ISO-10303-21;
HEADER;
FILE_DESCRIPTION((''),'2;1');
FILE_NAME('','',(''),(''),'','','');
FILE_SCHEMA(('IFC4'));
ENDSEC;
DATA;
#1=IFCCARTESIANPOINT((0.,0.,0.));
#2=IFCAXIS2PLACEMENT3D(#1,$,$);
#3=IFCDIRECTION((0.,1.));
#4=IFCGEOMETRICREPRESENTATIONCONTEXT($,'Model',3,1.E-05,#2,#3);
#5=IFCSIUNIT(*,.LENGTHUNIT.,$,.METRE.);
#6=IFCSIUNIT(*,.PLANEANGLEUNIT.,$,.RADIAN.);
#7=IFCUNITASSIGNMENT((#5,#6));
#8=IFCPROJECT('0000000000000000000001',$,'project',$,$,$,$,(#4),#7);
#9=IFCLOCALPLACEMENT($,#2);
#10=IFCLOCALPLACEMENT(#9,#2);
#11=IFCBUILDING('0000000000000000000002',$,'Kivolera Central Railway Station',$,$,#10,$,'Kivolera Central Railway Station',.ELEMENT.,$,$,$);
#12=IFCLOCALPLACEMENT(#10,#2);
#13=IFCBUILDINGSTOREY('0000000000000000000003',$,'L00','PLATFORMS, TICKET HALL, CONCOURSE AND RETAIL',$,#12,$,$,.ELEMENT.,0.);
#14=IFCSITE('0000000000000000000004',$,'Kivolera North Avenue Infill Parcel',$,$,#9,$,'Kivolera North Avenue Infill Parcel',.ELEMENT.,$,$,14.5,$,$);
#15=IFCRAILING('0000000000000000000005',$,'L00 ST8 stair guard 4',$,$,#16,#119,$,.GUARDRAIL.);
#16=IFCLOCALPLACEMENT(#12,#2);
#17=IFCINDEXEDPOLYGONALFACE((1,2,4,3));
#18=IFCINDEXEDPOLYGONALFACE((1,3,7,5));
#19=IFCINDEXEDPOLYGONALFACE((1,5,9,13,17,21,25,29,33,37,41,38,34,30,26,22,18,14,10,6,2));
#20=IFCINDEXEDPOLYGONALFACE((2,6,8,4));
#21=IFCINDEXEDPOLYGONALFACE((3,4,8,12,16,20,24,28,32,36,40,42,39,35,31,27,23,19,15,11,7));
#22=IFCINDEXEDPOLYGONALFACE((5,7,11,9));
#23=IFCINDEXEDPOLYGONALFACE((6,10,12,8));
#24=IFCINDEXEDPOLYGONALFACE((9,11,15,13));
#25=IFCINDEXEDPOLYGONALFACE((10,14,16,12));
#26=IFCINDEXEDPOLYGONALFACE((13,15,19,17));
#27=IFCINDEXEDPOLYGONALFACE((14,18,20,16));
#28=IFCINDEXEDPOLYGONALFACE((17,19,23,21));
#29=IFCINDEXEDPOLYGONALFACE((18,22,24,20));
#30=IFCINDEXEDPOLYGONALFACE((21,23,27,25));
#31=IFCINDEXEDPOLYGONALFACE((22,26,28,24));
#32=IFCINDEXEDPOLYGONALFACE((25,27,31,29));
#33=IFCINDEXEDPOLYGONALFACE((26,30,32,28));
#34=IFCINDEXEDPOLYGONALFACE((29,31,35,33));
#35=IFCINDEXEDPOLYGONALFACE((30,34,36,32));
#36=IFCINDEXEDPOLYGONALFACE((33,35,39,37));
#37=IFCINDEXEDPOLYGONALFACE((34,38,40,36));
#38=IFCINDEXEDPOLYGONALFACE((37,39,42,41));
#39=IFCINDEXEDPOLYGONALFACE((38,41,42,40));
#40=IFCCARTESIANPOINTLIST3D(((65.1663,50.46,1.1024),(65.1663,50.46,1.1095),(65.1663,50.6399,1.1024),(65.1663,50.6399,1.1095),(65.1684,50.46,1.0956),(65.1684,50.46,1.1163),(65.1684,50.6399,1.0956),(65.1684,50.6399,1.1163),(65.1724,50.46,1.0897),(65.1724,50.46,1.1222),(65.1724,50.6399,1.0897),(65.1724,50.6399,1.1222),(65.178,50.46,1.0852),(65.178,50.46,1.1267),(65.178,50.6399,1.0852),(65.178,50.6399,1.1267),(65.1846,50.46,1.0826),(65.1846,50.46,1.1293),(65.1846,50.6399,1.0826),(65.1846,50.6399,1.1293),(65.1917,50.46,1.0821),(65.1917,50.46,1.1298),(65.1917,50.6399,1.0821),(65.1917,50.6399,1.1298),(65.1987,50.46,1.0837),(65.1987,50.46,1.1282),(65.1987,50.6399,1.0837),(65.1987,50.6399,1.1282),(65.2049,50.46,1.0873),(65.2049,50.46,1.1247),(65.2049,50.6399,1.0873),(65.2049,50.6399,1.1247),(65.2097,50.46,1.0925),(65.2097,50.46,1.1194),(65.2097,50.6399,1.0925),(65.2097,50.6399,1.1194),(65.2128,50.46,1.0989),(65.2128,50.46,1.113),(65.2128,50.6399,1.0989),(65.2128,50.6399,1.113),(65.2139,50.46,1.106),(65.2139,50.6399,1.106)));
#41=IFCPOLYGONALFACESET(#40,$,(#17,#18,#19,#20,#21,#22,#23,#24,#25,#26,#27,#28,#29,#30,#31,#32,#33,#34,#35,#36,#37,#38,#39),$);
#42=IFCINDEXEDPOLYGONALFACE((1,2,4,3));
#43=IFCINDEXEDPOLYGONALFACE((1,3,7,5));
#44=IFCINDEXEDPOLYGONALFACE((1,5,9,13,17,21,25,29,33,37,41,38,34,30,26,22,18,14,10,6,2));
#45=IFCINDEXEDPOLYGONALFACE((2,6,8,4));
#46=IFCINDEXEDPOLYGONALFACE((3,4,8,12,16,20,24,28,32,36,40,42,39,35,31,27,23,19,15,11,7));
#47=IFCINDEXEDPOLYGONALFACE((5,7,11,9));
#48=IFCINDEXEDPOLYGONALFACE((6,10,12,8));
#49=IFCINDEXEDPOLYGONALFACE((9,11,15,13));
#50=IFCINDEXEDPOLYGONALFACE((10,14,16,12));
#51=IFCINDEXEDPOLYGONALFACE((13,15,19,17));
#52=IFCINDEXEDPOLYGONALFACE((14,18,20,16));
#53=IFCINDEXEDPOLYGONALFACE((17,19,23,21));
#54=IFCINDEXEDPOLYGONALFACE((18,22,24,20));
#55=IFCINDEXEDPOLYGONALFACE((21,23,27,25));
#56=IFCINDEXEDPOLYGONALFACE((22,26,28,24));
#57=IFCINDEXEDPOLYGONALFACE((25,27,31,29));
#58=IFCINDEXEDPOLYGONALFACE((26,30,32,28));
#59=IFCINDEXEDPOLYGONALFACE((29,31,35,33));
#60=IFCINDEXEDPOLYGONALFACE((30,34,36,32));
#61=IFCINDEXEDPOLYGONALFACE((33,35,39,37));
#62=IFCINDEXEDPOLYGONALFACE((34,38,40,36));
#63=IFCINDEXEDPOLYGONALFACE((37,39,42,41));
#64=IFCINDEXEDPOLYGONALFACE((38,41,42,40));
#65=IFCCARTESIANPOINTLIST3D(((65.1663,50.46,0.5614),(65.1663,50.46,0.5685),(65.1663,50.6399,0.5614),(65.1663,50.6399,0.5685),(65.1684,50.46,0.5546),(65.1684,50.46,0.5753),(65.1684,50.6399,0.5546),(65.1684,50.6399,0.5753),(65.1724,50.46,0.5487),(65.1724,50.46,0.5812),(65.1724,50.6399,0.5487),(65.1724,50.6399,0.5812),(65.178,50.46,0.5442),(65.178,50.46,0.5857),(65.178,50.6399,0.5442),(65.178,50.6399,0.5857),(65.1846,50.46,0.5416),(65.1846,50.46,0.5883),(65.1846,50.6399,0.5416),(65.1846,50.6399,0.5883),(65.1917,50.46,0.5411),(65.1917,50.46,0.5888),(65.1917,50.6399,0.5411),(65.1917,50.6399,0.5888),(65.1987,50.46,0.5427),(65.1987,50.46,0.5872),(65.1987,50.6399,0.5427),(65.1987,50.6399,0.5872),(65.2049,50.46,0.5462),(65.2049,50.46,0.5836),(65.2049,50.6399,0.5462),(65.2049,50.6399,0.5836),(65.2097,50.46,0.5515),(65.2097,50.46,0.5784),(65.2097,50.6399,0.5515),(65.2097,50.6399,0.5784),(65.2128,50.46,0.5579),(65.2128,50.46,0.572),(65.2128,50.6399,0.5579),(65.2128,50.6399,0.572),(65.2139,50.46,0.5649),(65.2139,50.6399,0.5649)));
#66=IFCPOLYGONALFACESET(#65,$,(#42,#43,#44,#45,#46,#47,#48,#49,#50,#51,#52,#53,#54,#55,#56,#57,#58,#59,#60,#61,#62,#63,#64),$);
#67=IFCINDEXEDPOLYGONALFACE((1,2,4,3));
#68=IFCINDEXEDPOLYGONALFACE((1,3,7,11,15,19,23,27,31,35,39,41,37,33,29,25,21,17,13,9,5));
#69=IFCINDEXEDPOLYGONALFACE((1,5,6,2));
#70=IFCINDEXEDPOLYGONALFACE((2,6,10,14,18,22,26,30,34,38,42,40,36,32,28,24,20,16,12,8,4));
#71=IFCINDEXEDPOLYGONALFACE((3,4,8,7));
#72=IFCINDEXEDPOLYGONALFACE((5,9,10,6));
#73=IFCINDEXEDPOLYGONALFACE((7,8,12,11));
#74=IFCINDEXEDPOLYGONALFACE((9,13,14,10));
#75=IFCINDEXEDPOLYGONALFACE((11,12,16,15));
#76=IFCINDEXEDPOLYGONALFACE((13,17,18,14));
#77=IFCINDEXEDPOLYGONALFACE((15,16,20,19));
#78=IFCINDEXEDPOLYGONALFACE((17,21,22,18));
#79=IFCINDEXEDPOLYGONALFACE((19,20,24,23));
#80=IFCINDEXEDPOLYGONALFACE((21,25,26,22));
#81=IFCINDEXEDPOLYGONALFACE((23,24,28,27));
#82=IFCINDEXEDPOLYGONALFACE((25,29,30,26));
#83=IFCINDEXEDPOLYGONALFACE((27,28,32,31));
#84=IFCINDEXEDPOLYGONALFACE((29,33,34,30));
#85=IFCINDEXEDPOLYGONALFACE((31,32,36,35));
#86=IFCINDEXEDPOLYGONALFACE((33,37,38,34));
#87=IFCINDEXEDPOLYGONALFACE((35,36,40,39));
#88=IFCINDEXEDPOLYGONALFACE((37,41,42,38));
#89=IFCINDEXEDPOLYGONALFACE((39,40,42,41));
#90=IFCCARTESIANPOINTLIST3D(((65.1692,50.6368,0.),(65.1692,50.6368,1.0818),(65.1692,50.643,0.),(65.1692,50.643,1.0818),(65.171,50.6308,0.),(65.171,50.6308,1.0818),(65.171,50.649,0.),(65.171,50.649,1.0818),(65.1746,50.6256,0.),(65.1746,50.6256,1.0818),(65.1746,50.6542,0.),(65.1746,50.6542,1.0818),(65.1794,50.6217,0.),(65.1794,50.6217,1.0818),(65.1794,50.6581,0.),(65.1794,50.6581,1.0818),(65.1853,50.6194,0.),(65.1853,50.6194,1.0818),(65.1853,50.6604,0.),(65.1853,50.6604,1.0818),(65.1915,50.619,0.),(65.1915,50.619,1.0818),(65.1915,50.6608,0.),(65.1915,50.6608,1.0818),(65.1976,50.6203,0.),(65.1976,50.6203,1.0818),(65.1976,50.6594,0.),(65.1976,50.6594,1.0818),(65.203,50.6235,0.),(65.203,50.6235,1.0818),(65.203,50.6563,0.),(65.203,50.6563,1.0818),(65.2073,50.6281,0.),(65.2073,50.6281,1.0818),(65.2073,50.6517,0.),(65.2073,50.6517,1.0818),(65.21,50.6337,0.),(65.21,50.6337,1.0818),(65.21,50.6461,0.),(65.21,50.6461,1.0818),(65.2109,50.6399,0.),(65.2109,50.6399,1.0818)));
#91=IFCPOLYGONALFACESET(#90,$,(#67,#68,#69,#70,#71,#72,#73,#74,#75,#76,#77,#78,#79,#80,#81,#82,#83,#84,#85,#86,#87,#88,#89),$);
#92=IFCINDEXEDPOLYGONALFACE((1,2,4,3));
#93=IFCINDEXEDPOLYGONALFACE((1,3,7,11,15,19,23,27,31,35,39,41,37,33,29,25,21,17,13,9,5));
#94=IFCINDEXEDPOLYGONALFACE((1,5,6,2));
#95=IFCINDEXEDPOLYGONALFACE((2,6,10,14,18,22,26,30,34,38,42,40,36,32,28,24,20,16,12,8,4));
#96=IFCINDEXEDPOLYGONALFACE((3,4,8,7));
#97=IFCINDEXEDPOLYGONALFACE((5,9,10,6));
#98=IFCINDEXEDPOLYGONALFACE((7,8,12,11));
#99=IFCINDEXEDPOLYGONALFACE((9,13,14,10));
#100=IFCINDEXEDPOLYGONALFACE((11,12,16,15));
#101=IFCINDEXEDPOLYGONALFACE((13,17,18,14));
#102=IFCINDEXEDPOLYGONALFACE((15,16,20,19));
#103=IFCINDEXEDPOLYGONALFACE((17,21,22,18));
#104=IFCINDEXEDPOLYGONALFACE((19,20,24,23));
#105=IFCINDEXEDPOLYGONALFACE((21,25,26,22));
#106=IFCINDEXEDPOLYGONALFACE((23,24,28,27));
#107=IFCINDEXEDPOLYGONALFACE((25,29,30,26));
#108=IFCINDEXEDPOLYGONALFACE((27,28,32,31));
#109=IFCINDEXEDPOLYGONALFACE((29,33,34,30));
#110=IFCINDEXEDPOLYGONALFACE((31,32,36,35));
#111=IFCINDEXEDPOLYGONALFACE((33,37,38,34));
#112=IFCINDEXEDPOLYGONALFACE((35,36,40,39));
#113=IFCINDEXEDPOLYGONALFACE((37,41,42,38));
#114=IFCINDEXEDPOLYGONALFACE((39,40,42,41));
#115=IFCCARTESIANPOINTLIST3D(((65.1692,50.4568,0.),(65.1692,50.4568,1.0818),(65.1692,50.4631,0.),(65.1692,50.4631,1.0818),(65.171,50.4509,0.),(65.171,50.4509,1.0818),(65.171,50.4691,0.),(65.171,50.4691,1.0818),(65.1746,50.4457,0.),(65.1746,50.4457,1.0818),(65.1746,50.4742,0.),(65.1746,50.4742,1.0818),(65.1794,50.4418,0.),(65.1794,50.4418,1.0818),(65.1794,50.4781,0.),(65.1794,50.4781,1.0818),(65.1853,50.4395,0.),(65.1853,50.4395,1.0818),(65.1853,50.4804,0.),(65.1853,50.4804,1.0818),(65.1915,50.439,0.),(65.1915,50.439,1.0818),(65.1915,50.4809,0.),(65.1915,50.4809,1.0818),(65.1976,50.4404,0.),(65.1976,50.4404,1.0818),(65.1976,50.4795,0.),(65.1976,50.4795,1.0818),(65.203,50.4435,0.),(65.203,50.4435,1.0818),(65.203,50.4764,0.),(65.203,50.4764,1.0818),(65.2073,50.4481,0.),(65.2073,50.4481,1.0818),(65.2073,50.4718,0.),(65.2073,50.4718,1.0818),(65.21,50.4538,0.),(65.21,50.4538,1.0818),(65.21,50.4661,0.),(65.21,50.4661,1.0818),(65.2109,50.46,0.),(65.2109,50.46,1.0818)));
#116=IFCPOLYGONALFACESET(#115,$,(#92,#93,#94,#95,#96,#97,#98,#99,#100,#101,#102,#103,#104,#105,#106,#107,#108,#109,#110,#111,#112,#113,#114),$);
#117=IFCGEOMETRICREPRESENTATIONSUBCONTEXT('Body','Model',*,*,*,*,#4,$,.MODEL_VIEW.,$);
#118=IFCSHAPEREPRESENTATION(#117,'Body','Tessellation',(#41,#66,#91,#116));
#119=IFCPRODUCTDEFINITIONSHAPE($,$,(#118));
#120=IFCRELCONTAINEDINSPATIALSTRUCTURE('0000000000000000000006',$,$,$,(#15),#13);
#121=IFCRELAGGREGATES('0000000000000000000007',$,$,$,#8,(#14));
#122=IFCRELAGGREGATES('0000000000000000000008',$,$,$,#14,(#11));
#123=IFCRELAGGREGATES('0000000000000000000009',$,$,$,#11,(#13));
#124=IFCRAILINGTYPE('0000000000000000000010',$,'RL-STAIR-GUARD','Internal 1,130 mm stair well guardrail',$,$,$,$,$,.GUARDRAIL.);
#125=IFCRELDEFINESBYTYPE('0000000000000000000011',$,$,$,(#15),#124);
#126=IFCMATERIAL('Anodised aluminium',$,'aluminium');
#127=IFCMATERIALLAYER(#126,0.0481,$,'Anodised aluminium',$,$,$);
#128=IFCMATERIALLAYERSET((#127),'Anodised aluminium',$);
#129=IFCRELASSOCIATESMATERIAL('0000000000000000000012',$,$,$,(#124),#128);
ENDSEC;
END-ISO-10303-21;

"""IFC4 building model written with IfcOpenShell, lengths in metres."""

from ifc_helpers import new_model, si_unit, direction, frame, origin, origin_2d, place, context, subcontext, project, spatial, circle, extrude, material, layer, layer_set, type_object, element, save


model = new_model("IFC4")

# Units and contexts
model_context = context("Model", 3, precision=1e-05, world=origin(), true_north=direction((0.0, 1.0)))
body_context = subcontext(model_context, "Body", "Model", "MODEL_VIEW")
ifc_project = project(units=[si_unit("LENGTHUNIT", "METRE"), si_unit("PLANEANGLEUNIT", "RADIAN")], contexts=[model_context])

# Site, building, storey
site_placement = place(None, origin())
site = spatial("IfcSite", under=ifc_project, at=site_placement, Name="Kivolera North Avenue Infill Parcel", LongName="Kivolera North Avenue Infill Parcel", CompositionType="ELEMENT", RefElevation=14.5)
building_placement = place(site_placement, origin())
building = spatial("IfcBuilding", under=site, at=building_placement, Name="Kivolera Central Railway Station", LongName="Kivolera Central Railway Station", CompositionType="ELEMENT")
storey_placement = place(building_placement, origin())
storey = spatial("IfcBuildingStorey", under=building, at=storey_placement, Name="L00", Description="PLATFORMS, TICKET HALL, CONCOURSE AND RETAIL", CompositionType="ELEMENT", Elevation=0.0)

# Railing
ifc_material_1 = material(Name="Anodised aluminium", Category="aluminium")
ifc_layer_1 = layer(ifc_material_1, 0.0481, Name="Anodised aluminium")
ifc_layer_set_1 = layer_set([ifc_layer_1], Name="Anodised aluminium")
railing_type_1 = type_object("IfcRailingType", Name="RL-STAIR-GUARD", Description="Internal 1,130 mm stair well guardrail", PredefinedType="GUARDRAIL", material=ifc_layer_set_1)
railing_1_placement = place(storey_placement, frame((65.1899, 50.6399, 0.0)))
element("IfcRailing", 1, at=railing_1_placement, inside=storey, type_object=railing_type_1, Name="L00 ST8 stair guard 4", PredefinedType="GUARDRAIL", context=body_context, shape_type="SweptSolid", body=[
    extrude(circle(Radius=0.0239, at=origin_2d()), frame((0.0, 0.0, 1.106), z_axis=(0.0, -1.0, 0.0), x_axis=(1.0, 0.0, 0.0)), (0.0, 0.0, 1.0), 0.1799),
    extrude(circle(Radius=0.0239, at=origin_2d()), frame((0.0, 0.0, 0.5649), z_axis=(0.0, -1.0, 0.0), x_axis=(1.0, 0.0, 0.0)), (0.0, 0.0, 1.0), 0.1799),
    extrude(circle(Radius=0.021, at=origin_2d()), origin(), (0.0, 0.0, 1.0), 1.0818),
    extrude(circle(Radius=0.021, at=origin_2d()), frame((0.0, -0.1799, 0.0)), (0.0, 0.0, 1.0), 1.0818),
])

save(model, "model.ifc")
